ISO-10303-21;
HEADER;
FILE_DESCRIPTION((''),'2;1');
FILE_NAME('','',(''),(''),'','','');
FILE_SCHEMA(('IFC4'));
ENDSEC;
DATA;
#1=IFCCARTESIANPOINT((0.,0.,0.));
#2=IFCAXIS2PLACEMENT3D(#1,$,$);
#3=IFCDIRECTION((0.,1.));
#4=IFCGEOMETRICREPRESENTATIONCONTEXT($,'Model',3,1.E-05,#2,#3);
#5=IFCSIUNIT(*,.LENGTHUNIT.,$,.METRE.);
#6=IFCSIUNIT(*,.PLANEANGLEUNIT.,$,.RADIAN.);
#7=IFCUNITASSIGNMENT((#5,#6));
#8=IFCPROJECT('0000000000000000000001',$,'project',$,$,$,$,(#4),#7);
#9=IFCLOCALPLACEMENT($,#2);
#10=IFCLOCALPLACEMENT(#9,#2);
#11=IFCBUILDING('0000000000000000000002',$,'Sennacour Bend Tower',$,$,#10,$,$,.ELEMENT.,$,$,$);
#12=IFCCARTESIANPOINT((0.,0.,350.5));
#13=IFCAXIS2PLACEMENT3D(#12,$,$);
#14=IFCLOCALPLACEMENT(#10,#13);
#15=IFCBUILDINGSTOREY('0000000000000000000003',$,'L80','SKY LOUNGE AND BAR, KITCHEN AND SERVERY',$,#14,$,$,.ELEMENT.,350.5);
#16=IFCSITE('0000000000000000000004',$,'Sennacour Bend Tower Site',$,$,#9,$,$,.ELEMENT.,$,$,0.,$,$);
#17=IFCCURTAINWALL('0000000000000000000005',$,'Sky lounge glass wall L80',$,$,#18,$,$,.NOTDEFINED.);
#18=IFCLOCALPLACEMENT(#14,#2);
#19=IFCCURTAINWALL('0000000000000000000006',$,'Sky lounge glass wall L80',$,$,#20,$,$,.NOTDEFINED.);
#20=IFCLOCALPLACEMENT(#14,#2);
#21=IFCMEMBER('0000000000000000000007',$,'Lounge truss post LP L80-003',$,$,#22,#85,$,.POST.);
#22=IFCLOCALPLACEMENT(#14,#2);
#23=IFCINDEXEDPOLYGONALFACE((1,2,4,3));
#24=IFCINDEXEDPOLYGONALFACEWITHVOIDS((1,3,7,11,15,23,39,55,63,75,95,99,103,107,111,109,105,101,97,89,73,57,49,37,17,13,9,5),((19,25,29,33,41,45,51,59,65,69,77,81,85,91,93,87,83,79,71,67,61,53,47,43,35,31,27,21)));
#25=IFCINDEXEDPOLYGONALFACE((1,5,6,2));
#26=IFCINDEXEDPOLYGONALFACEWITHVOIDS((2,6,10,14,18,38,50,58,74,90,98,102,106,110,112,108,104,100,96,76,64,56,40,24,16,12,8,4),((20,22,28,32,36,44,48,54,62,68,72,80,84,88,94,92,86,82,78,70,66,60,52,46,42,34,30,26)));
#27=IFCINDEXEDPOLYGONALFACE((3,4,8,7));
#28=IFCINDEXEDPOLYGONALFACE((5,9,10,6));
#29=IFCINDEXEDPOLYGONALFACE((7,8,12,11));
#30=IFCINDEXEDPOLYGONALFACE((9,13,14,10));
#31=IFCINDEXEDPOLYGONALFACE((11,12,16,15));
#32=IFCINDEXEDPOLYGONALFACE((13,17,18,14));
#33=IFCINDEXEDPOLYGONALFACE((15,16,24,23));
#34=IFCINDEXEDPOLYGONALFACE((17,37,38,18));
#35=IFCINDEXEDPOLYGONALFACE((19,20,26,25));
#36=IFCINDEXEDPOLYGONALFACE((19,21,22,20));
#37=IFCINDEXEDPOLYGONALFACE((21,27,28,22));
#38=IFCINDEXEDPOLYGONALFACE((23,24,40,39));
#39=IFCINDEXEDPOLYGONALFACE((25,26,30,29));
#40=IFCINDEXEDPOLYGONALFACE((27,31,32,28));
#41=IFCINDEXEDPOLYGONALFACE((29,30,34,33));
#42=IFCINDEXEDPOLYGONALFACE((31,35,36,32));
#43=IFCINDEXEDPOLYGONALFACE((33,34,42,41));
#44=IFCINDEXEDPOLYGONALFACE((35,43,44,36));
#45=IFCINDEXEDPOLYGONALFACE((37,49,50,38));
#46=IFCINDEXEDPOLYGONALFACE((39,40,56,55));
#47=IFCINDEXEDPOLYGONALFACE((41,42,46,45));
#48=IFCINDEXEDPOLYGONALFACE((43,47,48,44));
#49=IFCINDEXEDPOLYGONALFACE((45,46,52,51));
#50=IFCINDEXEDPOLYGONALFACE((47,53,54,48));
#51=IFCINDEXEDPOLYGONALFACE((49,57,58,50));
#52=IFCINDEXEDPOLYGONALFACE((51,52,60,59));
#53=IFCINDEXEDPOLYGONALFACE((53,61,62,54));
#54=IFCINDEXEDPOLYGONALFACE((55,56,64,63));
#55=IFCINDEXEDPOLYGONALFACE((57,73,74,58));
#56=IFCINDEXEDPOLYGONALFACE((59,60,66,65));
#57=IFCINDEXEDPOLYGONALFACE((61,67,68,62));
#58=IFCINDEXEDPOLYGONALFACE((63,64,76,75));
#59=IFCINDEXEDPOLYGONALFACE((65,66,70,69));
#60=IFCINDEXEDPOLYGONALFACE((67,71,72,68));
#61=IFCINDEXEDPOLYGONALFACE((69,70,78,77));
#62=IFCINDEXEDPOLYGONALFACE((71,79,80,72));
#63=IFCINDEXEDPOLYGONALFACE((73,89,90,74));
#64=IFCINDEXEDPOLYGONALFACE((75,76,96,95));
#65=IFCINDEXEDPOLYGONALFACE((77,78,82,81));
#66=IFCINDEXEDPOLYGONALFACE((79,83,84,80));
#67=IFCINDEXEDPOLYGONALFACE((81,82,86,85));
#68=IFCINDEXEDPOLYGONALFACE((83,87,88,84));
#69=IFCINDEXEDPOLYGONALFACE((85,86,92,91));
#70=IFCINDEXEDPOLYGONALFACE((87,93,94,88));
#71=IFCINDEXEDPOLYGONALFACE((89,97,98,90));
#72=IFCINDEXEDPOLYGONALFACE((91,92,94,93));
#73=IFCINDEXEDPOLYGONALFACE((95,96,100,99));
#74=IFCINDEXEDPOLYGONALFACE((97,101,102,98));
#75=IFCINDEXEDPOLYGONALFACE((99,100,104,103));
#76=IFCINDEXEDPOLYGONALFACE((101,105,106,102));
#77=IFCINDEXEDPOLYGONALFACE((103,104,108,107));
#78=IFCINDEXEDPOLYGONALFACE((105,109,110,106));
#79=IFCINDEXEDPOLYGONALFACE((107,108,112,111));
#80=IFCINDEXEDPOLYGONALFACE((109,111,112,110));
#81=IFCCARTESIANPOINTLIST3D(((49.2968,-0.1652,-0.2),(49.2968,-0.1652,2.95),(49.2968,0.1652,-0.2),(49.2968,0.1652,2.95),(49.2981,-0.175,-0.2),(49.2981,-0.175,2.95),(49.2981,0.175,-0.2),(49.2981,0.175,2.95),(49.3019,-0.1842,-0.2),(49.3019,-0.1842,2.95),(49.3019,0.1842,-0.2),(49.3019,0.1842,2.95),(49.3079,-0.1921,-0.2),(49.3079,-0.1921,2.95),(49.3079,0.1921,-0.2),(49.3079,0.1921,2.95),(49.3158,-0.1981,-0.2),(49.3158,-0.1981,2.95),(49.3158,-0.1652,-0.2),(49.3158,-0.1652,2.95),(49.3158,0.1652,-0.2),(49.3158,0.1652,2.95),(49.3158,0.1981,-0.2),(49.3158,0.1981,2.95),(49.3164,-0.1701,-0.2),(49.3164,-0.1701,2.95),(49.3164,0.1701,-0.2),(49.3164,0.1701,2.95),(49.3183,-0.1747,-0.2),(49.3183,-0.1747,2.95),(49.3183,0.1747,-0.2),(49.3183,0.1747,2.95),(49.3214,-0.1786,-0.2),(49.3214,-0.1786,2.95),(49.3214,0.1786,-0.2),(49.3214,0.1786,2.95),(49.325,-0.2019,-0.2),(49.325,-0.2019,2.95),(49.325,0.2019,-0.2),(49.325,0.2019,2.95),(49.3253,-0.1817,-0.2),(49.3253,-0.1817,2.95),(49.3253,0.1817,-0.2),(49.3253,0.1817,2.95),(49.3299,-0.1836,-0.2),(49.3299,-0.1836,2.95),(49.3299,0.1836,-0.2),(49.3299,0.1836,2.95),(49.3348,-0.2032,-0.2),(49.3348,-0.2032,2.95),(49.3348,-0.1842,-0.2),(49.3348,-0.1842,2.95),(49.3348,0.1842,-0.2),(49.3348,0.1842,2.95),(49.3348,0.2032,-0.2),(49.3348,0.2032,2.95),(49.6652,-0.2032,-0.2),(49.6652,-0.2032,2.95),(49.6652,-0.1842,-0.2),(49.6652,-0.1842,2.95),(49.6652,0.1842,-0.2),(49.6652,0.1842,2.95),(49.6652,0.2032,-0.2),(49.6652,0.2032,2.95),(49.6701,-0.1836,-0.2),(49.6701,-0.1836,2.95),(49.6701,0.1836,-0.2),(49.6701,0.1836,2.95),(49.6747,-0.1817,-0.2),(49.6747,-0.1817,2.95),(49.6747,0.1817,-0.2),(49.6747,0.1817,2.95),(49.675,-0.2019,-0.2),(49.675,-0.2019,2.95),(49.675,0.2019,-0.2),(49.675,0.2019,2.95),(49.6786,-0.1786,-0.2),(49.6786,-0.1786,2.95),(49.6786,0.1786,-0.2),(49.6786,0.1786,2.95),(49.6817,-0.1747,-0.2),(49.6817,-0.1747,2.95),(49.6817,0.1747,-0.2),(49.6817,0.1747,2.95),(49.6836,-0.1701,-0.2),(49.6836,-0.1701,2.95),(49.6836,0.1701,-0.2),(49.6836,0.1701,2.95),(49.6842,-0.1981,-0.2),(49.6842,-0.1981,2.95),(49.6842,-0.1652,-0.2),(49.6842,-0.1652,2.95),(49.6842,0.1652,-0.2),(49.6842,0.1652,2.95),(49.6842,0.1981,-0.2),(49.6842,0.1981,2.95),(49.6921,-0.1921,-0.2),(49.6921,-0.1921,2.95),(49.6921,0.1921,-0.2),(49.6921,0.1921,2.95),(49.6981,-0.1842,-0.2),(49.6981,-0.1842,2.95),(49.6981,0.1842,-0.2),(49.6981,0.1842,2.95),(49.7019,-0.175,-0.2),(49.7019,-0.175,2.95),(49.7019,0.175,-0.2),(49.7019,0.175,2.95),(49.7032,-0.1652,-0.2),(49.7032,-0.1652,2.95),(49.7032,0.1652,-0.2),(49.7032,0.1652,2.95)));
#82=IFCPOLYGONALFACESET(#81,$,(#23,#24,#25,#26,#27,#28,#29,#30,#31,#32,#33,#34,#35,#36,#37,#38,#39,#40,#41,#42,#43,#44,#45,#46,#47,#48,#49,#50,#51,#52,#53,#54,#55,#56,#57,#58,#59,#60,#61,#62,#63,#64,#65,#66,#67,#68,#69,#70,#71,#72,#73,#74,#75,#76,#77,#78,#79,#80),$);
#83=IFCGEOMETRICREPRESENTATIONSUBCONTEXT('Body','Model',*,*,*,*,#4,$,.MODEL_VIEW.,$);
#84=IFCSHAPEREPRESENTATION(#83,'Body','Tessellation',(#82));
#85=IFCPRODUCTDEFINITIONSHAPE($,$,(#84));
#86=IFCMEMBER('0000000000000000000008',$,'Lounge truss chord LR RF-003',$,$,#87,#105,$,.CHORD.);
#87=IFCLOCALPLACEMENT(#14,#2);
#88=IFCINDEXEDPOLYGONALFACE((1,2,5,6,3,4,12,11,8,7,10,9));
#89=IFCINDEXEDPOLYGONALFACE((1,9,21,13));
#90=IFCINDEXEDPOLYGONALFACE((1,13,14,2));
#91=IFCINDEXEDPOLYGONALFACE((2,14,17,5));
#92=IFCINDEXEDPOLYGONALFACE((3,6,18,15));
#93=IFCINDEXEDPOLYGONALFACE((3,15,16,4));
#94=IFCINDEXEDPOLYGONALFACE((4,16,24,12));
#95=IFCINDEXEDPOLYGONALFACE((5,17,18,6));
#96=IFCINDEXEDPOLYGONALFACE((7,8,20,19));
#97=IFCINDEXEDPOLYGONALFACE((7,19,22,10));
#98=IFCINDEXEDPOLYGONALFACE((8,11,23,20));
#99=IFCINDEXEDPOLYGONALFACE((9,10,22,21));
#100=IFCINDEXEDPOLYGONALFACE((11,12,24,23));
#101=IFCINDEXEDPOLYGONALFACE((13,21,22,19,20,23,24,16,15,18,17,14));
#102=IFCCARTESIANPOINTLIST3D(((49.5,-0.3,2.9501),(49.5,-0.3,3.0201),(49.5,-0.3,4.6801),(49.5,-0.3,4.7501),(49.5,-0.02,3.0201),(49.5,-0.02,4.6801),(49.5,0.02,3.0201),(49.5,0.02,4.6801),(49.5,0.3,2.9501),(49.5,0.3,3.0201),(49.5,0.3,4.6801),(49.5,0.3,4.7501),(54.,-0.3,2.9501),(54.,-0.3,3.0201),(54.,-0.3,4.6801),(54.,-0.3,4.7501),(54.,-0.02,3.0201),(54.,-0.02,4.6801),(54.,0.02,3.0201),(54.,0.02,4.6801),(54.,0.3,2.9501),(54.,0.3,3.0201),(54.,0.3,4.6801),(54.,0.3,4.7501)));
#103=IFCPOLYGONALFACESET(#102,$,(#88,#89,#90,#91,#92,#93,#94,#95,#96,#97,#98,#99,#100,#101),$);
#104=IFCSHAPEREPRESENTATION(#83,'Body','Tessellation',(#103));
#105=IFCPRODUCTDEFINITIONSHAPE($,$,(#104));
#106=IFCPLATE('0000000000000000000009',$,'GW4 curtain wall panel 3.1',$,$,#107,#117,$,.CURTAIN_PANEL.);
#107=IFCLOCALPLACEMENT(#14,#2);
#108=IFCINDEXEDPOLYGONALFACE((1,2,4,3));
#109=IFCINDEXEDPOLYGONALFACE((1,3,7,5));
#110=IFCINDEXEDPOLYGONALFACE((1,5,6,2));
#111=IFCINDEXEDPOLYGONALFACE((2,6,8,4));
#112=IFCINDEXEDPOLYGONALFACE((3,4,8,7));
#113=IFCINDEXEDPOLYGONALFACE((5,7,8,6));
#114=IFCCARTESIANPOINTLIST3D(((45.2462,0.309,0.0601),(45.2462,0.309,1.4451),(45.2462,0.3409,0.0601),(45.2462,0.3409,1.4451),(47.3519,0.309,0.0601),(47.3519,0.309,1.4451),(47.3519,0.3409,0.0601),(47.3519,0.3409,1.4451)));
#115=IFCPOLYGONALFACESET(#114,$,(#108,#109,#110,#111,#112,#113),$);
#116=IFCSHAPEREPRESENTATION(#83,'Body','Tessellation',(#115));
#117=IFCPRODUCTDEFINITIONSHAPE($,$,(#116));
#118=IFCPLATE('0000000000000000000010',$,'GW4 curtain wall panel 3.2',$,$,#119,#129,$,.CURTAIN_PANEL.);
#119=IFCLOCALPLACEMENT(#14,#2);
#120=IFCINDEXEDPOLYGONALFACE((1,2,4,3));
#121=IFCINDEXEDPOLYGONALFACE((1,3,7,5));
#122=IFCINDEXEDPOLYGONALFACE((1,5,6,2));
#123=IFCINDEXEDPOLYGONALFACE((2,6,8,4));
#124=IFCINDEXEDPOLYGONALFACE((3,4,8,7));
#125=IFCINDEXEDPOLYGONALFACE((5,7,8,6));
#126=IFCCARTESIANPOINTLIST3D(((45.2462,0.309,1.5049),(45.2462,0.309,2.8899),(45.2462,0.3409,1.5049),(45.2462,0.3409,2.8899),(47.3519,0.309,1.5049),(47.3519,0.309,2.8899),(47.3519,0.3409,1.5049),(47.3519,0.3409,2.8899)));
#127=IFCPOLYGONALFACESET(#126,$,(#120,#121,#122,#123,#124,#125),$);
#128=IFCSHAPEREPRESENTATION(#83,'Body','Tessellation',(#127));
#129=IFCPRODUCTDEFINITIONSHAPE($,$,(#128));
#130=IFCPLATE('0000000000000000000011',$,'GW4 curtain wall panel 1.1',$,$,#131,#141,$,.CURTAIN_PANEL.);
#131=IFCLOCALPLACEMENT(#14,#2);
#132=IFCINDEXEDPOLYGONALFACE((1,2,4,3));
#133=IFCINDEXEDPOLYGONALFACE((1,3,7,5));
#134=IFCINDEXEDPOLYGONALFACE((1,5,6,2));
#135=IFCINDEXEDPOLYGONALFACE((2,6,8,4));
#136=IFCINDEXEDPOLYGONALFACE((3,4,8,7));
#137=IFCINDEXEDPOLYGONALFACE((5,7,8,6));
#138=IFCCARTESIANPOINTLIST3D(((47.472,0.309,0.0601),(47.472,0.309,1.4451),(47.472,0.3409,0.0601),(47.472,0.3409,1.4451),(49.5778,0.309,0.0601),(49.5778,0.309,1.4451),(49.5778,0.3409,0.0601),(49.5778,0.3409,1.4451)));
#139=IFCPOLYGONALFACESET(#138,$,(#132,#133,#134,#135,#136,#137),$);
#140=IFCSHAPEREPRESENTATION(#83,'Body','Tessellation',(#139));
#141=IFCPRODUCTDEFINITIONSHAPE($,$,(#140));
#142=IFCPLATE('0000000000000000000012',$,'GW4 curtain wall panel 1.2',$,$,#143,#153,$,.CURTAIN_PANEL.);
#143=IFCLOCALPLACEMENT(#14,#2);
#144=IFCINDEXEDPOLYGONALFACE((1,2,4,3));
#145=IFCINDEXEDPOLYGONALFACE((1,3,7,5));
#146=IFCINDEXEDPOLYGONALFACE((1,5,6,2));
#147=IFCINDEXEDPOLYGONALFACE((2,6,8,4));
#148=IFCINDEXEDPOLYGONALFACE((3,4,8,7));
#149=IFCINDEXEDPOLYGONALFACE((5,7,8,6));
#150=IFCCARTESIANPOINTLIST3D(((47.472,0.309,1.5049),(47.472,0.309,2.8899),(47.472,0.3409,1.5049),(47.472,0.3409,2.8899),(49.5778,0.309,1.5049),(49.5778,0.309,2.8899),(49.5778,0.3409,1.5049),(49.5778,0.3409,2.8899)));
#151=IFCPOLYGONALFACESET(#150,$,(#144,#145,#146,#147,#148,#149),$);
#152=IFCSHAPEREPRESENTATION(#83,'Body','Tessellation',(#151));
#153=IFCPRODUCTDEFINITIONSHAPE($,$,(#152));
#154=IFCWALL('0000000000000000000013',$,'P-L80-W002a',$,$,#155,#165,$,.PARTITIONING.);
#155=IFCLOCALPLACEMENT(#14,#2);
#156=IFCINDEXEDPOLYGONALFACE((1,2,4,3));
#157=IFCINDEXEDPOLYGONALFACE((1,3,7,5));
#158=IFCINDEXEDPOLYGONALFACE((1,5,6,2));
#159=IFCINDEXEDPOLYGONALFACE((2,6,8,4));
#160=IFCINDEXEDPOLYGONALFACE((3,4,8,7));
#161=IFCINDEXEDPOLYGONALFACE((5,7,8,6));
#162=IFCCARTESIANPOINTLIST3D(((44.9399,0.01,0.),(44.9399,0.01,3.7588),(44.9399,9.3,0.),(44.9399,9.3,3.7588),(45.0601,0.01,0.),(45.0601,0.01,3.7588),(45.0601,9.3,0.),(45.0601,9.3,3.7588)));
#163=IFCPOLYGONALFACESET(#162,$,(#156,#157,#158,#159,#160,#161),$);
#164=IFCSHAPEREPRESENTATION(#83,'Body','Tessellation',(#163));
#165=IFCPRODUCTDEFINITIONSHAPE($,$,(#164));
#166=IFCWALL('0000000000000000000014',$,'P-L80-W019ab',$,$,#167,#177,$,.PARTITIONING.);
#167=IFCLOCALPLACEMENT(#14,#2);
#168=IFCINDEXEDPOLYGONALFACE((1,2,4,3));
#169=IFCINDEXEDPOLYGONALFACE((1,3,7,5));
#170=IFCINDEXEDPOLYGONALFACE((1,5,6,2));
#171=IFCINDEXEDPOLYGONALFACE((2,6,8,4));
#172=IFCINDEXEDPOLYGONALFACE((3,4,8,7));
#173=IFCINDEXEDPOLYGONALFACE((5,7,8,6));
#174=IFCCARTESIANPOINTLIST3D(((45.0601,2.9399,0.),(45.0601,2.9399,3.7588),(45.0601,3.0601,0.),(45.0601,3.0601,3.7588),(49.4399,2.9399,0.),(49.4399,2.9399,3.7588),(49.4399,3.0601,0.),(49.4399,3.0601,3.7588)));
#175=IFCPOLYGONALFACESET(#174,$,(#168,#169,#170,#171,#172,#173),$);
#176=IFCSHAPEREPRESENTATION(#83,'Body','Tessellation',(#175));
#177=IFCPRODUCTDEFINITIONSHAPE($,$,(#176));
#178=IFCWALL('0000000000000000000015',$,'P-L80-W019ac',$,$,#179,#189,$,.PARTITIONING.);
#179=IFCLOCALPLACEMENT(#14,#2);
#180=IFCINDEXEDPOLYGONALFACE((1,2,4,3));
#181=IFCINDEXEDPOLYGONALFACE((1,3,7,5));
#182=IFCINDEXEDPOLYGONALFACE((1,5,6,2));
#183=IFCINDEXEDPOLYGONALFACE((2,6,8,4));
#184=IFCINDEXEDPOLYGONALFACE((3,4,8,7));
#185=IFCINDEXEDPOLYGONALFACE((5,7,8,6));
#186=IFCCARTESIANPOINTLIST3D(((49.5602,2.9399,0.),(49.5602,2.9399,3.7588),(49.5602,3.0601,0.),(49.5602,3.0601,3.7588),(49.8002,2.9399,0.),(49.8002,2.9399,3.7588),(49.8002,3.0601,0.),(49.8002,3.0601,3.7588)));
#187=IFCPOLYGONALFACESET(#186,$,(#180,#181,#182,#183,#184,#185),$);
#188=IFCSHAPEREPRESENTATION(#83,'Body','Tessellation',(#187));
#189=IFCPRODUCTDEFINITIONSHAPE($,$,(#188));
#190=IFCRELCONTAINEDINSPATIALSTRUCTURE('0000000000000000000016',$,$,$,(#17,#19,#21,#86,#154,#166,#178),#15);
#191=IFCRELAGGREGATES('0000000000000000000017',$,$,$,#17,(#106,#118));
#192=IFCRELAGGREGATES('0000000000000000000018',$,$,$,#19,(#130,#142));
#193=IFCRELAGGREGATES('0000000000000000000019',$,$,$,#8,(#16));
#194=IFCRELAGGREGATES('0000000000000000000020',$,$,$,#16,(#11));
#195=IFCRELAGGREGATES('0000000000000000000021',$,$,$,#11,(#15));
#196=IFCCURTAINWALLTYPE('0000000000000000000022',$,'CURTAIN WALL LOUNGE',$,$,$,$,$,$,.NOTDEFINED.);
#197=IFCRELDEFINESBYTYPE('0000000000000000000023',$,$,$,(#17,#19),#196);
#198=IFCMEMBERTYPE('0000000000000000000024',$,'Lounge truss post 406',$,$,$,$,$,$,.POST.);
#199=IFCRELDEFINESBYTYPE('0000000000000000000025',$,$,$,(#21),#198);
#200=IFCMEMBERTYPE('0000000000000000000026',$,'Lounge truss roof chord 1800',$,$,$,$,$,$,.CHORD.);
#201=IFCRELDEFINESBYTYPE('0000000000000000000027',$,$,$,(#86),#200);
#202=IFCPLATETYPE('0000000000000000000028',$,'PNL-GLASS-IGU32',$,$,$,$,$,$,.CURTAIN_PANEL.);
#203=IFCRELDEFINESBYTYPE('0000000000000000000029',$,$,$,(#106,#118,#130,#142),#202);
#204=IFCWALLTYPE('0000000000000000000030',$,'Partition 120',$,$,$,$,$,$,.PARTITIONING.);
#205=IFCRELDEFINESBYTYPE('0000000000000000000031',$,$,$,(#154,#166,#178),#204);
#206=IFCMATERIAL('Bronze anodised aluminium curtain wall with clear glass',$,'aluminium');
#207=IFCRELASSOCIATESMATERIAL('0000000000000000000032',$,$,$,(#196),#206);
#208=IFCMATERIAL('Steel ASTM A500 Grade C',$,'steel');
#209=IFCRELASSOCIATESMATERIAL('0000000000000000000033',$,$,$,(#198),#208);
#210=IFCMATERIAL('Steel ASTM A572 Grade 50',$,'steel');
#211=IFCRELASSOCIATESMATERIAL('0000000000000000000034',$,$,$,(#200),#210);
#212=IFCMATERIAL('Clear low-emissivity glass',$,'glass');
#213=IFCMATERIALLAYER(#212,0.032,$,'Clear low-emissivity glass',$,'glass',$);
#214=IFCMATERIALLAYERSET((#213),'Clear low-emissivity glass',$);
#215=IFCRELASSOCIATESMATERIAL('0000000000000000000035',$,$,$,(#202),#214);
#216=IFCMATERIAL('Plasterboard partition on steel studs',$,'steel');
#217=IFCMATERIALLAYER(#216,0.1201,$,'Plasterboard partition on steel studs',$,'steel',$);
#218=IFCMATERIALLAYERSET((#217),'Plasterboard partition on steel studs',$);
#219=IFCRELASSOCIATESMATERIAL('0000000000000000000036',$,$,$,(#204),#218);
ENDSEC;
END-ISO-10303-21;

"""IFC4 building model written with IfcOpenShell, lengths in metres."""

from ifc_helpers import new_model, si_unit, direction, frame, frame_2d, origin, origin_2d, place, context, subcontext, project, spatial, rectangle, hollow_rectangle, i_section, extrude, material, layer, layer_set, material_profile, profile_set, type_object, element, aggregate, save


model = new_model("IFC4")

# Units and contexts
model_context = context("Model", 3, precision=1e-05, world=origin(), true_north=direction((0.0, 1.0)))
body_context = subcontext(model_context, "Body", "Model", "MODEL_VIEW")
ifc_project = project(units=[si_unit("LENGTHUNIT", "METRE"), si_unit("PLANEANGLEUNIT", "RADIAN")], contexts=[model_context])

# Site, building, storey
site_placement = place(None, origin())
site = spatial("IfcSite", under=ifc_project, at=site_placement, Name="Sennacour Bend Tower Site", CompositionType="ELEMENT", RefElevation=0.0)
building_placement = place(site_placement, origin())
building = spatial("IfcBuilding", under=site, at=building_placement, Name="Sennacour Bend Tower", CompositionType="ELEMENT")
storey_placement = place(building_placement, frame((0.0, 0.0, 350.5)))
storey = spatial("IfcBuildingStorey", under=building, at=storey_placement, Name="L80", Description="SKY LOUNGE AND BAR, KITCHEN AND SERVERY", CompositionType="ELEMENT", Elevation=350.5)

# Curtain walls
ifc_material_1 = material(Name="Bronze anodised aluminium curtain wall with clear glass", Category="aluminium")
curtain_wall_type = type_object("IfcCurtainWallType", Name="CURTAIN WALL LOUNGE", PredefinedType="NOTDEFINED", material=ifc_material_1)
curtain_wall_1_placement = place(storey_placement, origin())
curtain_wall_1 = element("IfcCurtainWall", 1, at=curtain_wall_1_placement, inside=storey, type_object=curtain_wall_type, Name="Sky lounge glass wall L80", PredefinedType="NOTDEFINED")
curtain_wall_2_placement = place(storey_placement, origin())
curtain_wall_2 = element("IfcCurtainWall", 2, at=curtain_wall_2_placement, inside=storey, type_object=curtain_wall_type, Name="Sky lounge glass wall L80", PredefinedType="NOTDEFINED")

# Members
ifc_material_2 = material(Name="Steel ASTM A500 Grade C", Category="steel")
ifc_material_profile_1 = material_profile(ifc_material_2, hollow_rectangle(XDim=0.4065, YDim=0.4065, WallThickness=0.019, InnerFilletRadius=0.019, OuterFilletRadius=0.0381, at=origin_2d()), Name="Steel ASTM A500 Grade C", Category="steel")
ifc_profile_set_1 = profile_set([ifc_material_profile_1], Name="Steel ASTM A500 Grade C")
member_type_1 = type_object("IfcMemberType", Name="Lounge truss post 406", PredefinedType="POST", material=ifc_profile_set_1)
for number, where, z_axis, x_axis, name in (
    (3, (49.5, 0.0, -0.2), (0.0, 0.0, 1.0), (1.0, 0.0, 0.0), "Lounge truss post LP L80-003"),
):
    element("IfcMember", number, at=place(storey_placement, frame(where, z_axis=z_axis, x_axis=x_axis)), inside=storey, type_object=member_type_1, Name=name, PredefinedType="POST", context=body_context, shape_type="SweptSolid", body=[
        extrude(hollow_rectangle(XDim=0.4065, YDim=0.4065, WallThickness=0.019, InnerFilletRadius=0.019, OuterFilletRadius=0.0381, at=origin_2d()), origin(), (0.0, 0.0, 1.0), 3.1499),
    ])
ifc_material_3 = material(Name="Steel ASTM A572 Grade 50", Category="steel")
ifc_material_profile_2 = material_profile(ifc_material_3, i_section(OverallWidth=0.6001, OverallDepth=1.8, WebThickness=0.04, FlangeThickness=0.0701, at=origin_2d()), Name="Steel ASTM A572 Grade 50", Category="steel")
ifc_profile_set_2 = profile_set([ifc_material_profile_2], Name="Steel ASTM A572 Grade 50")
member_type_2 = type_object("IfcMemberType", Name="Lounge truss roof chord 1800", PredefinedType="CHORD", material=ifc_profile_set_2)
member_1_placement = place(storey_placement, frame((49.5, 0.0, 3.8501), z_axis=(1.0, 0.0, 0.0), x_axis=(0.0, 1.0, 0.0)))
element("IfcMember", 4, at=member_1_placement, inside=storey, type_object=member_type_2, Name="Lounge truss chord LR RF-003", PredefinedType="CHORD", context=body_context, shape_type="SweptSolid", body=[
    extrude(i_section(OverallWidth=0.6001, OverallDepth=1.8, WebThickness=0.04, FlangeThickness=0.0701, at=origin_2d()), origin(), (0.0, 0.0, 1.0), 4.5),
])

# Plates
ifc_material_4 = material(Name="Clear low-emissivity glass", Category="glass")
ifc_layer_1 = layer(ifc_material_4, 0.032, Name="Clear low-emissivity glass", Category="glass")
ifc_layer_set_1 = layer_set([ifc_layer_1], Name="Clear low-emissivity glass")
plate_type = type_object("IfcPlateType", Name="PNL-GLASS-IGU32", PredefinedType="CURTAIN_PANEL", material=ifc_layer_set_1)
plate_1_placement = place(storey_placement, frame((46.2991, 0.325, 0.0601), z_axis=(0.0, 0.0, 1.0), x_axis=(1.0, 0.0, 0.0)))
plate_1 = element("IfcPlate", 5, at=plate_1_placement, type_object=plate_type, Name="GW4 curtain wall panel 3.1", PredefinedType="CURTAIN_PANEL", context=body_context, shape_type="SweptSolid", body=[
    extrude(rectangle(XDim=2.1057, YDim=0.032, at=origin_2d()), origin(), (0.0, 0.0, 1.0), 1.385),
])
plate_2_placement = place(storey_placement, frame((46.2991, 0.325, 1.5049), z_axis=(0.0, 0.0, 1.0), x_axis=(1.0, 0.0, 0.0)))
plate_2 = element("IfcPlate", 6, at=plate_2_placement, type_object=plate_type, Name="GW4 curtain wall panel 3.2", PredefinedType="CURTAIN_PANEL", context=body_context, shape_type="SweptSolid", body=[
    extrude(rectangle(XDim=2.1057, YDim=0.032, at=origin_2d()), origin(), (0.0, 0.0, 1.0), 1.385),
])
aggregate(curtain_wall_1, [plate_1, plate_2])
plate_3_placement = place(storey_placement, frame((48.5249, 0.325, 0.0601), z_axis=(0.0, 0.0, 1.0), x_axis=(1.0, 0.0, 0.0)))
plate_3 = element("IfcPlate", 7, at=plate_3_placement, type_object=plate_type, Name="GW4 curtain wall panel 1.1", PredefinedType="CURTAIN_PANEL", context=body_context, shape_type="SweptSolid", body=[
    extrude(rectangle(XDim=2.1057, YDim=0.032, at=origin_2d()), origin(), (0.0, 0.0, 1.0), 1.385),
])
plate_4_placement = place(storey_placement, frame((48.5249, 0.325, 1.5049), z_axis=(0.0, 0.0, 1.0), x_axis=(1.0, 0.0, 0.0)))
plate_4 = element("IfcPlate", 8, at=plate_4_placement, type_object=plate_type, Name="GW4 curtain wall panel 1.2", PredefinedType="CURTAIN_PANEL", context=body_context, shape_type="SweptSolid", body=[
    extrude(rectangle(XDim=2.1057, YDim=0.032, at=origin_2d()), origin(), (0.0, 0.0, 1.0), 1.385),
])
aggregate(curtain_wall_2, [plate_3, plate_4])

# Walls
ifc_material_5 = material(Name="Plasterboard partition on steel studs", Category="steel")
ifc_layer_2 = layer(ifc_material_5, 0.1201, Name="Plasterboard partition on steel studs", Category="steel")
ifc_layer_set_2 = layer_set([ifc_layer_2], Name="Plasterboard partition on steel studs")
wall_type_1 = type_object("IfcWallType", Name="Partition 120", PredefinedType="PARTITIONING", material=ifc_layer_set_2)
wall_1_placement = place(storey_placement, frame((45.0, 0.01, 0.0), z_axis=(0.0, 0.0, 1.0), x_axis=(0.0, 1.0, 0.0)))
element("IfcWall", 9, at=wall_1_placement, inside=storey, type_object=wall_type_1, Name="P-L80-W002a", PredefinedType="PARTITIONING", context=body_context, shape_type="SweptSolid", body=[
    extrude(rectangle(XDim=9.29, YDim=0.1201, at=frame_2d((4.645, 0.0))), origin(), (0.0, 0.0, 1.0), 3.7588),
])
wall_2_placement = place(storey_placement, frame((45.0601, 3.0, 0.0), z_axis=(0.0, 0.0, 1.0), x_axis=(1.0, 0.0, 0.0)))
element("IfcWall", 10, at=wall_2_placement, inside=storey, type_object=wall_type_1, Name="P-L80-W019ab", PredefinedType="PARTITIONING", context=body_context, shape_type="SweptSolid", body=[
    extrude(rectangle(XDim=4.3799, YDim=0.1201, at=frame_2d((2.1899, 0.0))), origin(), (0.0, 0.0, 1.0), 3.7588),
])
wall_3_placement = place(storey_placement, frame((49.5601, 3.0, 0.0), z_axis=(0.0, 0.0, 1.0), x_axis=(1.0, 0.0, 0.0)))
element("IfcWall", 11, at=wall_3_placement, inside=storey, type_object=wall_type_1, Name="P-L80-W019ac", PredefinedType="PARTITIONING", context=body_context, shape_type="SweptSolid", body=[
    extrude(rectangle(XDim=0.24, YDim=0.1201, at=frame_2d((0.1201, 0.0))), origin(), (0.0, 0.0, 1.0), 3.7588),
])

save(model, "model.ifc")
